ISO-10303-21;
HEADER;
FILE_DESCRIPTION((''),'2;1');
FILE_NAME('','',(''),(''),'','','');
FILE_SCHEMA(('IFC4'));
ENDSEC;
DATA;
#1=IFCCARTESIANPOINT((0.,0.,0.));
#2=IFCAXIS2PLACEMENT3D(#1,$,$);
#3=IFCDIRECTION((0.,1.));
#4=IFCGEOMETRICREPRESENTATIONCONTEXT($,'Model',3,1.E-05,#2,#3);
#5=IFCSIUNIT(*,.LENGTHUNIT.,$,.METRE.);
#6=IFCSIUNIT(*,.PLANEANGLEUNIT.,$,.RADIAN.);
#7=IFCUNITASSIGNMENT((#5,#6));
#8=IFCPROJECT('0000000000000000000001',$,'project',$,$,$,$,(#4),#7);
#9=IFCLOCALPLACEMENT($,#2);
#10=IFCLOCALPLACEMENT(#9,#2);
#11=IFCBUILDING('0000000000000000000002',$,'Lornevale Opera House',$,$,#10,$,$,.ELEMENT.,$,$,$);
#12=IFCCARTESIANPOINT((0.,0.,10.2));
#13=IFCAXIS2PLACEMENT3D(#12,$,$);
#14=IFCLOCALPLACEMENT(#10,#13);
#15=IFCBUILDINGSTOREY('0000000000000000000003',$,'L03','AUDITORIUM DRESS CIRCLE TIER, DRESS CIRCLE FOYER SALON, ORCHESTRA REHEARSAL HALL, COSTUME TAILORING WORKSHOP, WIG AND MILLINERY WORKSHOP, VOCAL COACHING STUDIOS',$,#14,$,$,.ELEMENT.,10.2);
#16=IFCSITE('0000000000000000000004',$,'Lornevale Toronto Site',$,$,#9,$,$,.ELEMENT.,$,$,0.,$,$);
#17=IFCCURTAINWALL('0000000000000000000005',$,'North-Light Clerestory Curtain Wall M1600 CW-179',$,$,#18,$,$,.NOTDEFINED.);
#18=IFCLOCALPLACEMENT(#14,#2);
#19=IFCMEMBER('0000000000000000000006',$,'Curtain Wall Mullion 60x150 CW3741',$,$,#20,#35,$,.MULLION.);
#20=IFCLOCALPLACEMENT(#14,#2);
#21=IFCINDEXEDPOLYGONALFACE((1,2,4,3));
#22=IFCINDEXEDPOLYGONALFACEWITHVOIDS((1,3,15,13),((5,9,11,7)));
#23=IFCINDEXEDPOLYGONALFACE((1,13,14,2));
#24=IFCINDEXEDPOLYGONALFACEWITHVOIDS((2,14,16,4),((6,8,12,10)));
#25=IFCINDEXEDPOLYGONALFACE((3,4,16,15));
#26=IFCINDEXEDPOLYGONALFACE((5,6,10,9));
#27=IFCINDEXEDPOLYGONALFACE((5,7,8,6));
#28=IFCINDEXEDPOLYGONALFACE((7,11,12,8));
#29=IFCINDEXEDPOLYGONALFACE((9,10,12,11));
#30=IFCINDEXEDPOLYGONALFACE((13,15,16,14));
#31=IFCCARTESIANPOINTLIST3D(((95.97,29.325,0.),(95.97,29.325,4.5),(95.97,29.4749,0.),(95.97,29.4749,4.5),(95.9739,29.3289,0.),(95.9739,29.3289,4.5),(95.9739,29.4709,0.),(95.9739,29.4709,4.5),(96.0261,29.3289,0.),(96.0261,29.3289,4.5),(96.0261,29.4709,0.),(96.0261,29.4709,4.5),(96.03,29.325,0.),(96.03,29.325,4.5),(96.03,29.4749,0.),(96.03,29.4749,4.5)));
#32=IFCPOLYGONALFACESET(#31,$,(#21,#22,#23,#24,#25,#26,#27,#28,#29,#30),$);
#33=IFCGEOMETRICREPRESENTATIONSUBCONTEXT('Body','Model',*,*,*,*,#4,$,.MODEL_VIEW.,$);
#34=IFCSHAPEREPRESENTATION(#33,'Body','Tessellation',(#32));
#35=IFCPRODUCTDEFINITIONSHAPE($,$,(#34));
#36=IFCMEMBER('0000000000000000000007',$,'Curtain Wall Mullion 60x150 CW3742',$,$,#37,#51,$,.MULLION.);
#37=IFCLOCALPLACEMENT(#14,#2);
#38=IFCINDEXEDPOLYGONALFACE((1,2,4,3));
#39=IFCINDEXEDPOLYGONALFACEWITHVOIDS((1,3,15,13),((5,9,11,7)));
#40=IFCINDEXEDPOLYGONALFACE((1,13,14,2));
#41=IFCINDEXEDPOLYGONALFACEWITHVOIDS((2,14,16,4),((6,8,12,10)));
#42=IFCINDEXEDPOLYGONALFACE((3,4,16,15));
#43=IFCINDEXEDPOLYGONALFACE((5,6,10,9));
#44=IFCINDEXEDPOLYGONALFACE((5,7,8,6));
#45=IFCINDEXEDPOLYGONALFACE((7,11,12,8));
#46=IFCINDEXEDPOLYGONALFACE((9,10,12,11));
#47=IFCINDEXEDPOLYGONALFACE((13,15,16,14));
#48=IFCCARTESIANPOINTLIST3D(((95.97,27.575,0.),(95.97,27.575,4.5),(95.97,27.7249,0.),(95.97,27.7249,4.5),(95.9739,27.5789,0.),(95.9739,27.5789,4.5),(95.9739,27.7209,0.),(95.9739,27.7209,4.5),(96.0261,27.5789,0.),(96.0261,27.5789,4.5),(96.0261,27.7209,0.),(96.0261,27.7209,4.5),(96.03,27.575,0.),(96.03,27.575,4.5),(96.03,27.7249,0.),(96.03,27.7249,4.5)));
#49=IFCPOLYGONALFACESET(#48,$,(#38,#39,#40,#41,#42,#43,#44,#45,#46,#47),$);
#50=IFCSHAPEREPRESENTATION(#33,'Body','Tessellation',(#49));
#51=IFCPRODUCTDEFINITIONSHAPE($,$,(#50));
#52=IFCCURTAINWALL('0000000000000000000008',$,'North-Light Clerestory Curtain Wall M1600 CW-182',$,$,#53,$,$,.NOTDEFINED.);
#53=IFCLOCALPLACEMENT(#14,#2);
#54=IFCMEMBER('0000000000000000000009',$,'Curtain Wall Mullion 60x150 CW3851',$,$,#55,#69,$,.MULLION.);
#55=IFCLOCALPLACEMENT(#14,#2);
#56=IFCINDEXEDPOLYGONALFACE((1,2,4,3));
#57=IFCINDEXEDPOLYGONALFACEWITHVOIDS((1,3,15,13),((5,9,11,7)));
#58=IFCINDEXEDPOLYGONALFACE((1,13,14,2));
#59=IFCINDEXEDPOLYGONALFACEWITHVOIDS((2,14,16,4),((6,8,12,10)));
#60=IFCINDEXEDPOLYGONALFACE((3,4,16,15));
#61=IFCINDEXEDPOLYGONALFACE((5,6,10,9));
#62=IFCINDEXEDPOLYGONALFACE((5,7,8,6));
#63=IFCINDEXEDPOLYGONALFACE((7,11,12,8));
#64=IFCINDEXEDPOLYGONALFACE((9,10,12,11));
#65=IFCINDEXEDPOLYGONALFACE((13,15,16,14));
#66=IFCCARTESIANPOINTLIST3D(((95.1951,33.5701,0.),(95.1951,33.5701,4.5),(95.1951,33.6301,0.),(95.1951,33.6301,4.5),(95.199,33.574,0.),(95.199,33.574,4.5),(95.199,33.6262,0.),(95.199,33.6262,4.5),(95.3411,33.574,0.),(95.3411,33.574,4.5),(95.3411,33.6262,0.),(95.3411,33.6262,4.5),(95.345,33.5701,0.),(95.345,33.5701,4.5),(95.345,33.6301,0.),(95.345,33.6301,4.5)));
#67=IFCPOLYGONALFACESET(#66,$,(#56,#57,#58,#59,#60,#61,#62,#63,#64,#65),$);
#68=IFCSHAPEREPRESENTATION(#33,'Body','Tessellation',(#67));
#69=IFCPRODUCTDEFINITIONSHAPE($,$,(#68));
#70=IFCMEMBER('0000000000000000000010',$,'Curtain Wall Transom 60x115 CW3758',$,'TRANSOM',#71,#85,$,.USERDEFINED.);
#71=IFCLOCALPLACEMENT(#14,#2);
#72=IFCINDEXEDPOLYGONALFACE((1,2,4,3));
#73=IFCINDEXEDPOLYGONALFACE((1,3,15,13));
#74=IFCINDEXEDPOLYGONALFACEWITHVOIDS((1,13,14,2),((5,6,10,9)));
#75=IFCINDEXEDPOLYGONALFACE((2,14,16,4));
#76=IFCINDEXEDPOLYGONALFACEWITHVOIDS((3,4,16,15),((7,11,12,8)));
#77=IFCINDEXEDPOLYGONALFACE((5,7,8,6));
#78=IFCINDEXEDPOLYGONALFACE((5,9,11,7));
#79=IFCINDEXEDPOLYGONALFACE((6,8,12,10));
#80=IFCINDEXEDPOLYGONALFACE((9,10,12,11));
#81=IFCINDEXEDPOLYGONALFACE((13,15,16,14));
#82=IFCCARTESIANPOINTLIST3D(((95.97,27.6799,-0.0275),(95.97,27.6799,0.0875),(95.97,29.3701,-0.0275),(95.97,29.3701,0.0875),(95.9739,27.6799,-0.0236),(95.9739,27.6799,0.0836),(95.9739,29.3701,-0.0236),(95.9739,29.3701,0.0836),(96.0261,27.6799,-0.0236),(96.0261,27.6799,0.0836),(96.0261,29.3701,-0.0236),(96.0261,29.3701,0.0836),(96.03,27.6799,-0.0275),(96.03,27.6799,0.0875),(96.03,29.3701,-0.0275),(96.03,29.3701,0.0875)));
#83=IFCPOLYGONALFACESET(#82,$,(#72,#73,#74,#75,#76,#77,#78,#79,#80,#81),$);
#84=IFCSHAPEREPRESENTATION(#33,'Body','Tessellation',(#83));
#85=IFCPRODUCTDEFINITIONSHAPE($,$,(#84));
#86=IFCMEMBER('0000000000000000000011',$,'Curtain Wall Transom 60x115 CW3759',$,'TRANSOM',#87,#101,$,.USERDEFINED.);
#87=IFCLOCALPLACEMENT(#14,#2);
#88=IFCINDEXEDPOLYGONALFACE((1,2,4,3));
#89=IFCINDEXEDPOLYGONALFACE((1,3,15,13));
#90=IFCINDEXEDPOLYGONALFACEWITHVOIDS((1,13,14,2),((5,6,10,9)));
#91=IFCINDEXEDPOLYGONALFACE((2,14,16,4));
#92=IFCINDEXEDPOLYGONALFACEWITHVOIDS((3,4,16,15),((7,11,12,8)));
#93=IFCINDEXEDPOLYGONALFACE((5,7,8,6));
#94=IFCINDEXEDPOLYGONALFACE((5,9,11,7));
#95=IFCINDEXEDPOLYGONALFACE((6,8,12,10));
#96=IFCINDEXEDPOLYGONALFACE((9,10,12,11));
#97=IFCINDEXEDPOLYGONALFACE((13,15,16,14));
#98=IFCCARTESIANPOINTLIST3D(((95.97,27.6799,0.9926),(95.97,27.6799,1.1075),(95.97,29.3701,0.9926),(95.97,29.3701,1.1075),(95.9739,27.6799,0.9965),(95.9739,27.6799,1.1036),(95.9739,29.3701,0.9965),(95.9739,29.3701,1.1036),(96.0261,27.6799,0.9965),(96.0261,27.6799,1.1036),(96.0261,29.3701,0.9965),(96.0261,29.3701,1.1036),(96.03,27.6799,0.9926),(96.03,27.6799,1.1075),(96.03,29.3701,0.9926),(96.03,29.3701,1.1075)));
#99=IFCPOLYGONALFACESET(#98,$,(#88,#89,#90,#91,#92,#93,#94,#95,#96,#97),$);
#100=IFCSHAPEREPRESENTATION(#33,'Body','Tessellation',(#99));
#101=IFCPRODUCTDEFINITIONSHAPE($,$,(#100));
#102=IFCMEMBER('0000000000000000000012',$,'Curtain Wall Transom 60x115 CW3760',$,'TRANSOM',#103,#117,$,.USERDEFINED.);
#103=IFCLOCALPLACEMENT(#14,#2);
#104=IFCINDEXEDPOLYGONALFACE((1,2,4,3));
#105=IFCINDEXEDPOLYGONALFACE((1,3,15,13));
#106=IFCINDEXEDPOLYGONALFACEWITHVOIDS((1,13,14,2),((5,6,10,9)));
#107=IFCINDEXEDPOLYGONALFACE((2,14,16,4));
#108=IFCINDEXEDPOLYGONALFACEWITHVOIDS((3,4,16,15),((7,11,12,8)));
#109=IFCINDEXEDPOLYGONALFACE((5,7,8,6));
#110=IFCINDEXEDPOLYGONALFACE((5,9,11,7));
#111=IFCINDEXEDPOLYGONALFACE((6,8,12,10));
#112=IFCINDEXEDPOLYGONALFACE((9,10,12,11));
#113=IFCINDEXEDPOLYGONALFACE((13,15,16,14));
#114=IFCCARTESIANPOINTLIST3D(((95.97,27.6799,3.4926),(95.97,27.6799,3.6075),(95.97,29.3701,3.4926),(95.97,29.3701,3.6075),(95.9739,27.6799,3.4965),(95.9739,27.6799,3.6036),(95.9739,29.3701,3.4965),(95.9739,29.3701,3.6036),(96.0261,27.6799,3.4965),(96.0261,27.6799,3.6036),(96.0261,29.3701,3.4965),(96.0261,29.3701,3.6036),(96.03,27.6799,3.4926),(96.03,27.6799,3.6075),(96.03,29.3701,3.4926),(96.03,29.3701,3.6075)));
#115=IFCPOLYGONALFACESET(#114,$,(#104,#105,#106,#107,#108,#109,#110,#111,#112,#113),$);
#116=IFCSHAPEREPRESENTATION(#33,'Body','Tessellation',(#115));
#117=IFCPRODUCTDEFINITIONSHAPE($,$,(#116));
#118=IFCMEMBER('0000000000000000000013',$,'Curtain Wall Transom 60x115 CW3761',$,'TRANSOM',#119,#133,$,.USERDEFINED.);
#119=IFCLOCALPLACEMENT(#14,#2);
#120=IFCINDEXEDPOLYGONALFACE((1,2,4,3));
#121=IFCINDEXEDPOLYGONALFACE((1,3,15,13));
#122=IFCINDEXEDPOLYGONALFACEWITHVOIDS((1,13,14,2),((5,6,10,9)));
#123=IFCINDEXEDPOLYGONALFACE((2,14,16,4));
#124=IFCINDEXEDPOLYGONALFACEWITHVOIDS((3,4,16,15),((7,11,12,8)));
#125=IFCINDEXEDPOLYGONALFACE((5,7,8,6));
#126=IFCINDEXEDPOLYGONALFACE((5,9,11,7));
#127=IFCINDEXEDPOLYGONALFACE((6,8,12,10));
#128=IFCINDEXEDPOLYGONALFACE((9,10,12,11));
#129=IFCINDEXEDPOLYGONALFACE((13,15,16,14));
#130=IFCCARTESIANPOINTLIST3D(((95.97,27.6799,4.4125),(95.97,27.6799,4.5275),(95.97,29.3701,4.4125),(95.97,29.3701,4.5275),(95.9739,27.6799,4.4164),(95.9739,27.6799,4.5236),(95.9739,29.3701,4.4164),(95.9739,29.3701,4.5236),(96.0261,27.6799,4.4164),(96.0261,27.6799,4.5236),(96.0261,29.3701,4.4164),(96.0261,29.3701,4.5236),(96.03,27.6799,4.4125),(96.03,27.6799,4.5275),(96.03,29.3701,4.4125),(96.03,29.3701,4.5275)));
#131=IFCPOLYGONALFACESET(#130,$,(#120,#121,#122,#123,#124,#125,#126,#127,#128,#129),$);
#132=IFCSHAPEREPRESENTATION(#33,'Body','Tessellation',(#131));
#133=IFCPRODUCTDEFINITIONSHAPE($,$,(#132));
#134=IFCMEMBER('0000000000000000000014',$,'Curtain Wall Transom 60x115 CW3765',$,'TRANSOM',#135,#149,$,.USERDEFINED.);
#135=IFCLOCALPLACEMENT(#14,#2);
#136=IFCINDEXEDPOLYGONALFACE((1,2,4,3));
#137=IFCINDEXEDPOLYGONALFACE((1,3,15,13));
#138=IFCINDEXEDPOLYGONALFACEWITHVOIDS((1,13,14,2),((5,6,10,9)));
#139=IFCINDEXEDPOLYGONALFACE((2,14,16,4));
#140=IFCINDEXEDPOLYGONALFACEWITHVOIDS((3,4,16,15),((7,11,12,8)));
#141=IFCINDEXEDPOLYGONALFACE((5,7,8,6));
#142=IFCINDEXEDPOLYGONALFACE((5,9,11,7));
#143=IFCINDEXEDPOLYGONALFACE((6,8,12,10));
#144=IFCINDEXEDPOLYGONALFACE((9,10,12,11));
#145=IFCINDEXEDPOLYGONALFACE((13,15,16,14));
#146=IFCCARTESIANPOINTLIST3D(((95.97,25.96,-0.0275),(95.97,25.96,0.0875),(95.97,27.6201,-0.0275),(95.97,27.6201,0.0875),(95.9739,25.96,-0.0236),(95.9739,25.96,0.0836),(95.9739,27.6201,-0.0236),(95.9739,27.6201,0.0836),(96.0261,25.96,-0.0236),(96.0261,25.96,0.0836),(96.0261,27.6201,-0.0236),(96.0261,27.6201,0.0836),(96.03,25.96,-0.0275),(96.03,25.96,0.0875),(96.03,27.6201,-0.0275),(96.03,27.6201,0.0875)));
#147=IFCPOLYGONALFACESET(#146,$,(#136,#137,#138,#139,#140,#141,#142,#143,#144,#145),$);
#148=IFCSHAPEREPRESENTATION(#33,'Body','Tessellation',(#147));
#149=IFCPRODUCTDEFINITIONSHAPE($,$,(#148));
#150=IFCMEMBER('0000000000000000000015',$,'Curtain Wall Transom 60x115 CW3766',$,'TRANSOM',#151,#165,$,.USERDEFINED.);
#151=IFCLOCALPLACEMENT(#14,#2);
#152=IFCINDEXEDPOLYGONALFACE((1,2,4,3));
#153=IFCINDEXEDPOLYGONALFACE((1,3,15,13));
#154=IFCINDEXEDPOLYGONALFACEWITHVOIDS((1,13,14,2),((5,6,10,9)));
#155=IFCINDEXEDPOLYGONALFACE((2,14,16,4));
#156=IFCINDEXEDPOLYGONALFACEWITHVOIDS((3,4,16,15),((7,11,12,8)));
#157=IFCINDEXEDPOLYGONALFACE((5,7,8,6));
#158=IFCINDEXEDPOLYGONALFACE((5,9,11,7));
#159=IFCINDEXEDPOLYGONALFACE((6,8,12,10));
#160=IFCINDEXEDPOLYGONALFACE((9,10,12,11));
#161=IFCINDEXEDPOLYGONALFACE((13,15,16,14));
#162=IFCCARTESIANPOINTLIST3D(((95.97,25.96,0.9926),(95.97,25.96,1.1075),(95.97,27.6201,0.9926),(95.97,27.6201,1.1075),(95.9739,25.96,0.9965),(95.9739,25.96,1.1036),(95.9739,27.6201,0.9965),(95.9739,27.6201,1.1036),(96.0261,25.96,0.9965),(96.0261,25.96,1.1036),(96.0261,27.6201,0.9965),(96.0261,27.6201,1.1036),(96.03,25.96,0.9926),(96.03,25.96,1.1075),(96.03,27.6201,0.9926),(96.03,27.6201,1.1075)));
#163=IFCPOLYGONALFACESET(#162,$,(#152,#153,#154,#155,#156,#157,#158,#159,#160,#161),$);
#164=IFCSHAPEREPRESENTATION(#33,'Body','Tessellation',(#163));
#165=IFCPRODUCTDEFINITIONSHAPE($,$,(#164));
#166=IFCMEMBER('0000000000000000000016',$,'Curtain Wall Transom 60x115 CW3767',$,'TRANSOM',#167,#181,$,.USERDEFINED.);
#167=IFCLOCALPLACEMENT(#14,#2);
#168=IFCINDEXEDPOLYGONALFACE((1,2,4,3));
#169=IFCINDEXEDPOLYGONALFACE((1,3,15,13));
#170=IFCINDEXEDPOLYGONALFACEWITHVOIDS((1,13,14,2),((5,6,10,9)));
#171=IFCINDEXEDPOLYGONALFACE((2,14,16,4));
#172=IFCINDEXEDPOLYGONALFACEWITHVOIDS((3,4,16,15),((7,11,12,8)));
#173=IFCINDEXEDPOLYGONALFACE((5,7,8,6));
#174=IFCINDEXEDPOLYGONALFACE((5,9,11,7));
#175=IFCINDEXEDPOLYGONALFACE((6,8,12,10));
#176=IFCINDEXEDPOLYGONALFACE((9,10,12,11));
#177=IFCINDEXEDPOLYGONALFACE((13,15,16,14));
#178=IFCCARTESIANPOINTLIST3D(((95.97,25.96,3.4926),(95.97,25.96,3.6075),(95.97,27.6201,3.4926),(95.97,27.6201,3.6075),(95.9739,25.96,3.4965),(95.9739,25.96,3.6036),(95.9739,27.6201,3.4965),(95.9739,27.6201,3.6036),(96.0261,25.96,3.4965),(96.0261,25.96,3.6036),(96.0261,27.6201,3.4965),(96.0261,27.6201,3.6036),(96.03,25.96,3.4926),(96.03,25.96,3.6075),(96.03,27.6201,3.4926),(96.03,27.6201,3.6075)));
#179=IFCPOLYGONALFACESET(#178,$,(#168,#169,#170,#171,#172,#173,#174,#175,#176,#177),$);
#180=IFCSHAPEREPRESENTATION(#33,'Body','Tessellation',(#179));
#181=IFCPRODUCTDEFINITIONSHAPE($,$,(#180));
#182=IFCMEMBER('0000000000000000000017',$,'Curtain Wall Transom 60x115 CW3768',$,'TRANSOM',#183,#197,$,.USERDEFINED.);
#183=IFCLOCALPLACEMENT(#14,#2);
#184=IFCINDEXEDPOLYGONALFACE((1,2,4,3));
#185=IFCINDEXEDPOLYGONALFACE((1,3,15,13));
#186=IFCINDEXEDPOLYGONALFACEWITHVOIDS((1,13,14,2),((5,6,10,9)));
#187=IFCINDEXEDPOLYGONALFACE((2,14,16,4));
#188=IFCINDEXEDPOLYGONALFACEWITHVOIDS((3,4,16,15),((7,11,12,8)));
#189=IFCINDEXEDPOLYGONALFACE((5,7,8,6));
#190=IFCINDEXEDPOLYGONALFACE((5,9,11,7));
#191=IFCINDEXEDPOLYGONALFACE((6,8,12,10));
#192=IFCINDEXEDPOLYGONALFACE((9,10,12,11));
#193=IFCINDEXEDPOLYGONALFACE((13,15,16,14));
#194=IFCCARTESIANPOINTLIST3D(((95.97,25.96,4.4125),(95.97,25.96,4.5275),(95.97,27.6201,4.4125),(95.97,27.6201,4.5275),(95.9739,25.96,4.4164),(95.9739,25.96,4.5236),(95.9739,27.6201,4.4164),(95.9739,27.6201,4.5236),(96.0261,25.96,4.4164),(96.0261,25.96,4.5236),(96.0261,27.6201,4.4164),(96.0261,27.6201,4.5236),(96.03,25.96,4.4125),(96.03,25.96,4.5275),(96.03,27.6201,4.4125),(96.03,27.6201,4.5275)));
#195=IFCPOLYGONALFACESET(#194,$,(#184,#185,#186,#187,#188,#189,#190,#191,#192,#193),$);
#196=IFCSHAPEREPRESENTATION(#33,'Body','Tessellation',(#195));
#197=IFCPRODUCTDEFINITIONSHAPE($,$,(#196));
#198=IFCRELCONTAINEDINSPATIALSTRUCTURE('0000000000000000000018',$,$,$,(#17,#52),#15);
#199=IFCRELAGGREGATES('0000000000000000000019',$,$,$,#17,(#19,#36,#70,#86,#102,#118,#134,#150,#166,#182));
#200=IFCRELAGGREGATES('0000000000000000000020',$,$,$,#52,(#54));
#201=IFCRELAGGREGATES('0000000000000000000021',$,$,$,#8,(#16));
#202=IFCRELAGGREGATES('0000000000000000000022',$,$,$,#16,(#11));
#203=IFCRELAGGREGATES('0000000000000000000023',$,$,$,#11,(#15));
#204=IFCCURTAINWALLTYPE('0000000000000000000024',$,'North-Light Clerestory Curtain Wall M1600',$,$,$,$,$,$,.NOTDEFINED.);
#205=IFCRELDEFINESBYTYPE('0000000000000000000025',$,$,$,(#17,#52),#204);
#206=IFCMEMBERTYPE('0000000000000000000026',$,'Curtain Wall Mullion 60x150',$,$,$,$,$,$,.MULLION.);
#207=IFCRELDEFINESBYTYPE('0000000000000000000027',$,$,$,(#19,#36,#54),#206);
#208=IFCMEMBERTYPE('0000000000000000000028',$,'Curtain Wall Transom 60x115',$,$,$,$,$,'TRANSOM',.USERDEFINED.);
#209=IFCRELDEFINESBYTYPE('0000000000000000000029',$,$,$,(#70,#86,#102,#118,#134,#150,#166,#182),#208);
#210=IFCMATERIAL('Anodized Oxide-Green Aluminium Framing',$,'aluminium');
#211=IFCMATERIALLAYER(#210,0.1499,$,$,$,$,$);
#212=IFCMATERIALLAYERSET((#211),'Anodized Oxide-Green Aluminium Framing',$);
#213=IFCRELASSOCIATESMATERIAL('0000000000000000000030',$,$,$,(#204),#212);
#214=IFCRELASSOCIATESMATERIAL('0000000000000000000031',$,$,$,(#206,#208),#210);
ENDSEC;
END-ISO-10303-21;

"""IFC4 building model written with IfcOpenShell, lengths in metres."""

from ifc_helpers import new_model, si_unit, direction, frame, origin, origin_2d, place, context, subcontext, project, spatial, hollow_rectangle, extrude, material, layer, layer_set, material_profile, profile_set, type_object, element, aggregate, save


model = new_model("IFC4")

# Units and contexts
model_context = context("Model", 3, precision=1e-05, world=origin(), true_north=direction((0.0, 1.0)))
body_context = subcontext(model_context, "Body", "Model", "MODEL_VIEW")
ifc_project = project(units=[si_unit("LENGTHUNIT", "METRE"), si_unit("PLANEANGLEUNIT", "RADIAN")], contexts=[model_context])

# Site, building, storey
site_placement = place(None, origin())
site = spatial("IfcSite", under=ifc_project, at=site_placement, Name="Lornevale Toronto Site", CompositionType="ELEMENT", RefElevation=0.0)
building_placement = place(site_placement, origin())
building = spatial("IfcBuilding", under=site, at=building_placement, Name="Lornevale Opera House", CompositionType="ELEMENT")
storey_placement = place(building_placement, frame((0.0, 0.0, 10.2)))
storey = spatial("IfcBuildingStorey", under=building, at=storey_placement, Name="L03", Description="AUDITORIUM DRESS CIRCLE TIER, DRESS CIRCLE FOYER SALON, ORCHESTRA REHEARSAL HALL, COSTUME TAILORING WORKSHOP, WIG AND MILLINERY WORKSHOP, VOCAL COACHING STUDIOS", CompositionType="ELEMENT", Elevation=10.2)

# Curtain wall, members
ifc_material_1 = material(Name="Anodized Oxide-Green Aluminium Framing", Category="aluminium")
ifc_layer_1 = layer(ifc_material_1, 0.1499)
ifc_layer_set_1 = layer_set([ifc_layer_1], Name="Anodized Oxide-Green Aluminium Framing")
curtain_wall_type = type_object("IfcCurtainWallType", Name="North-Light Clerestory Curtain Wall M1600", PredefinedType="NOTDEFINED", material=ifc_layer_set_1)
curtain_wall_1_placement = place(storey_placement, origin())
curtain_wall_1 = element("IfcCurtainWall", 1, at=curtain_wall_1_placement, inside=storey, type_object=curtain_wall_type, Name="North-Light Clerestory Curtain Wall M1600 CW-179", PredefinedType="NOTDEFINED")
ifc_material_profile_1 = material_profile(ifc_material_1, hollow_rectangle(XDim=0.0601, YDim=0.1499, WallThickness=0.0039, at=origin_2d()), Name="ALU60x150x4")
ifc_profile_set_1 = profile_set([ifc_material_profile_1], Name="Anodized Oxide-Green Aluminium Framing")
member_type_1 = type_object("IfcMemberType", Name="Curtain Wall Mullion 60x150", PredefinedType="MULLION", material=ifc_profile_set_1)
member_1_placement = place(storey_placement, frame((96.0, 29.3999, 0.0), z_axis=(0.0, 0.0, 1.0), x_axis=(1.0, 0.0, 0.0)))
member_1 = element("IfcMember", 2, at=member_1_placement, type_object=member_type_1, Name="Curtain Wall Mullion 60x150 CW3741", PredefinedType="MULLION", context=body_context, shape_type="SweptSolid", body=[
    extrude(hollow_rectangle(XDim=0.0601, YDim=0.1499, WallThickness=0.0039, at=origin_2d()), origin(), (0.0, 0.0, 1.0), 4.5),
])
member_2_placement = place(storey_placement, frame((96.0, 27.6499, 0.0), z_axis=(0.0, 0.0, 1.0), x_axis=(1.0, 0.0, 0.0)))
member_2 = element("IfcMember", 3, at=member_2_placement, type_object=member_type_1, Name="Curtain Wall Mullion 60x150 CW3742", PredefinedType="MULLION", context=body_context, shape_type="SweptSolid", body=[
    extrude(hollow_rectangle(XDim=0.0601, YDim=0.1499, WallThickness=0.0039, at=origin_2d()), origin(), (0.0, 0.0, 1.0), 4.5),
])

# Curtain wall, member
curtain_wall_2_placement = place(storey_placement, origin())
curtain_wall_2 = element("IfcCurtainWall", 4, at=curtain_wall_2_placement, inside=storey, type_object=curtain_wall_type, Name="North-Light Clerestory Curtain Wall M1600 CW-182", PredefinedType="NOTDEFINED")
member_3_placement = place(storey_placement, frame((95.27, 33.6001, 0.0), z_axis=(0.0, 0.0, 1.0), x_axis=(0.0, 1.0, 0.0)))
member_3 = element("IfcMember", 5, at=member_3_placement, type_object=member_type_1, Name="Curtain Wall Mullion 60x150 CW3851", PredefinedType="MULLION", context=body_context, shape_type="SweptSolid", body=[
    extrude(hollow_rectangle(XDim=0.0601, YDim=0.1499, WallThickness=0.0039, at=origin_2d()), origin(), (0.0, 0.0, 1.0), 4.5),
])

# Members
ifc_material_profile_2 = material_profile(ifc_material_1, hollow_rectangle(XDim=0.0601, YDim=0.115, WallThickness=0.0039, at=origin_2d()), Name="ALU60x115x4")
ifc_profile_set_2 = profile_set([ifc_material_profile_2], Name="Anodized Oxide-Green Aluminium Framing")
member_type_2 = type_object("IfcMemberType", Name="Curtain Wall Transom 60x115", ElementType="TRANSOM", PredefinedType="USERDEFINED", material=ifc_profile_set_2)
member_4_placement = place(storey_placement, frame((96.0, 29.3701, 0.03), z_axis=(0.0, -1.0, 0.0), x_axis=(1.0, 0.0, 0.0)))
member_4 = element("IfcMember", 6, at=member_4_placement, type_object=member_type_2, Name="Curtain Wall Transom 60x115 CW3758", ObjectType="TRANSOM", PredefinedType="USERDEFINED", context=body_context, shape_type="SweptSolid", body=[
    extrude(hollow_rectangle(XDim=0.0601, YDim=0.115, WallThickness=0.0039, at=origin_2d()), origin(), (0.0, 0.0, 1.0), 1.6902),
])
member_5_placement = place(storey_placement, frame((96.0, 29.3701, 1.05), z_axis=(0.0, -1.0, 0.0), x_axis=(1.0, 0.0, 0.0)))
member_5 = element("IfcMember", 7, at=member_5_placement, type_object=member_type_2, Name="Curtain Wall Transom 60x115 CW3759", ObjectType="TRANSOM", PredefinedType="USERDEFINED", context=body_context, shape_type="SweptSolid", body=[
    extrude(hollow_rectangle(XDim=0.0601, YDim=0.115, WallThickness=0.0039, at=origin_2d()), origin(), (0.0, 0.0, 1.0), 1.6902),
])
member_6_placement = place(storey_placement, frame((96.0, 29.3701, 3.55), z_axis=(0.0, -1.0, 0.0), x_axis=(1.0, 0.0, 0.0)))
member_6 = element("IfcMember", 8, at=member_6_placement, type_object=member_type_2, Name="Curtain Wall Transom 60x115 CW3760", ObjectType="TRANSOM", PredefinedType="USERDEFINED", context=body_context, shape_type="SweptSolid", body=[
    extrude(hollow_rectangle(XDim=0.0601, YDim=0.115, WallThickness=0.0039, at=origin_2d()), origin(), (0.0, 0.0, 1.0), 1.6902),
])
member_7_placement = place(storey_placement, frame((96.0, 29.3701, 4.47), z_axis=(0.0, -1.0, 0.0), x_axis=(1.0, 0.0, 0.0)))
member_7 = element("IfcMember", 9, at=member_7_placement, type_object=member_type_2, Name="Curtain Wall Transom 60x115 CW3761", ObjectType="TRANSOM", PredefinedType="USERDEFINED", context=body_context, shape_type="SweptSolid", body=[
    extrude(hollow_rectangle(XDim=0.0601, YDim=0.115, WallThickness=0.0039, at=origin_2d()), origin(), (0.0, 0.0, 1.0), 1.6902),
])
member_8_placement = place(storey_placement, frame((96.0, 27.6201, 0.03), z_axis=(0.0, -1.0, 0.0), x_axis=(1.0, 0.0, 0.0)))
member_8 = element("IfcMember", 10, at=member_8_placement, type_object=member_type_2, Name="Curtain Wall Transom 60x115 CW3765", ObjectType="TRANSOM", PredefinedType="USERDEFINED", context=body_context, shape_type="SweptSolid", body=[
    extrude(hollow_rectangle(XDim=0.0601, YDim=0.115, WallThickness=0.0039, at=origin_2d()), origin(), (0.0, 0.0, 1.0), 1.6602),
])
member_9_placement = place(storey_placement, frame((96.0, 27.6201, 1.05), z_axis=(0.0, -1.0, 0.0), x_axis=(1.0, 0.0, 0.0)))
member_9 = element("IfcMember", 11, at=member_9_placement, type_object=member_type_2, Name="Curtain Wall Transom 60x115 CW3766", ObjectType="TRANSOM", PredefinedType="USERDEFINED", context=body_context, shape_type="SweptSolid", body=[
    extrude(hollow_rectangle(XDim=0.0601, YDim=0.115, WallThickness=0.0039, at=origin_2d()), origin(), (0.0, 0.0, 1.0), 1.6602),
])
member_10_placement = place(storey_placement, frame((96.0, 27.6201, 3.55), z_axis=(0.0, -1.0, 0.0), x_axis=(1.0, 0.0, 0.0)))
member_10 = element("IfcMember", 12, at=member_10_placement, type_object=member_type_2, Name="Curtain Wall Transom 60x115 CW3767", ObjectType="TRANSOM", PredefinedType="USERDEFINED", context=body_context, shape_type="SweptSolid", body=[
    extrude(hollow_rectangle(XDim=0.0601, YDim=0.115, WallThickness=0.0039, at=origin_2d()), origin(), (0.0, 0.0, 1.0), 1.6602),
])
member_11_placement = place(storey_placement, frame((96.0, 27.6201, 4.47), z_axis=(0.0, -1.0, 0.0), x_axis=(1.0, 0.0, 0.0)))
member_11 = element("IfcMember", 13, at=member_11_placement, type_object=member_type_2, Name="Curtain Wall Transom 60x115 CW3768", ObjectType="TRANSOM", PredefinedType="USERDEFINED", context=body_context, shape_type="SweptSolid", body=[
    extrude(hollow_rectangle(XDim=0.0601, YDim=0.115, WallThickness=0.0039, at=origin_2d()), origin(), (0.0, 0.0, 1.0), 1.6602),
])

aggregate(curtain_wall_1, [member_1, member_2, member_4, member_5, member_6, member_7, member_8, member_9, member_10, member_11])
aggregate(curtain_wall_2, [member_3])

save(model, "model.ifc")
